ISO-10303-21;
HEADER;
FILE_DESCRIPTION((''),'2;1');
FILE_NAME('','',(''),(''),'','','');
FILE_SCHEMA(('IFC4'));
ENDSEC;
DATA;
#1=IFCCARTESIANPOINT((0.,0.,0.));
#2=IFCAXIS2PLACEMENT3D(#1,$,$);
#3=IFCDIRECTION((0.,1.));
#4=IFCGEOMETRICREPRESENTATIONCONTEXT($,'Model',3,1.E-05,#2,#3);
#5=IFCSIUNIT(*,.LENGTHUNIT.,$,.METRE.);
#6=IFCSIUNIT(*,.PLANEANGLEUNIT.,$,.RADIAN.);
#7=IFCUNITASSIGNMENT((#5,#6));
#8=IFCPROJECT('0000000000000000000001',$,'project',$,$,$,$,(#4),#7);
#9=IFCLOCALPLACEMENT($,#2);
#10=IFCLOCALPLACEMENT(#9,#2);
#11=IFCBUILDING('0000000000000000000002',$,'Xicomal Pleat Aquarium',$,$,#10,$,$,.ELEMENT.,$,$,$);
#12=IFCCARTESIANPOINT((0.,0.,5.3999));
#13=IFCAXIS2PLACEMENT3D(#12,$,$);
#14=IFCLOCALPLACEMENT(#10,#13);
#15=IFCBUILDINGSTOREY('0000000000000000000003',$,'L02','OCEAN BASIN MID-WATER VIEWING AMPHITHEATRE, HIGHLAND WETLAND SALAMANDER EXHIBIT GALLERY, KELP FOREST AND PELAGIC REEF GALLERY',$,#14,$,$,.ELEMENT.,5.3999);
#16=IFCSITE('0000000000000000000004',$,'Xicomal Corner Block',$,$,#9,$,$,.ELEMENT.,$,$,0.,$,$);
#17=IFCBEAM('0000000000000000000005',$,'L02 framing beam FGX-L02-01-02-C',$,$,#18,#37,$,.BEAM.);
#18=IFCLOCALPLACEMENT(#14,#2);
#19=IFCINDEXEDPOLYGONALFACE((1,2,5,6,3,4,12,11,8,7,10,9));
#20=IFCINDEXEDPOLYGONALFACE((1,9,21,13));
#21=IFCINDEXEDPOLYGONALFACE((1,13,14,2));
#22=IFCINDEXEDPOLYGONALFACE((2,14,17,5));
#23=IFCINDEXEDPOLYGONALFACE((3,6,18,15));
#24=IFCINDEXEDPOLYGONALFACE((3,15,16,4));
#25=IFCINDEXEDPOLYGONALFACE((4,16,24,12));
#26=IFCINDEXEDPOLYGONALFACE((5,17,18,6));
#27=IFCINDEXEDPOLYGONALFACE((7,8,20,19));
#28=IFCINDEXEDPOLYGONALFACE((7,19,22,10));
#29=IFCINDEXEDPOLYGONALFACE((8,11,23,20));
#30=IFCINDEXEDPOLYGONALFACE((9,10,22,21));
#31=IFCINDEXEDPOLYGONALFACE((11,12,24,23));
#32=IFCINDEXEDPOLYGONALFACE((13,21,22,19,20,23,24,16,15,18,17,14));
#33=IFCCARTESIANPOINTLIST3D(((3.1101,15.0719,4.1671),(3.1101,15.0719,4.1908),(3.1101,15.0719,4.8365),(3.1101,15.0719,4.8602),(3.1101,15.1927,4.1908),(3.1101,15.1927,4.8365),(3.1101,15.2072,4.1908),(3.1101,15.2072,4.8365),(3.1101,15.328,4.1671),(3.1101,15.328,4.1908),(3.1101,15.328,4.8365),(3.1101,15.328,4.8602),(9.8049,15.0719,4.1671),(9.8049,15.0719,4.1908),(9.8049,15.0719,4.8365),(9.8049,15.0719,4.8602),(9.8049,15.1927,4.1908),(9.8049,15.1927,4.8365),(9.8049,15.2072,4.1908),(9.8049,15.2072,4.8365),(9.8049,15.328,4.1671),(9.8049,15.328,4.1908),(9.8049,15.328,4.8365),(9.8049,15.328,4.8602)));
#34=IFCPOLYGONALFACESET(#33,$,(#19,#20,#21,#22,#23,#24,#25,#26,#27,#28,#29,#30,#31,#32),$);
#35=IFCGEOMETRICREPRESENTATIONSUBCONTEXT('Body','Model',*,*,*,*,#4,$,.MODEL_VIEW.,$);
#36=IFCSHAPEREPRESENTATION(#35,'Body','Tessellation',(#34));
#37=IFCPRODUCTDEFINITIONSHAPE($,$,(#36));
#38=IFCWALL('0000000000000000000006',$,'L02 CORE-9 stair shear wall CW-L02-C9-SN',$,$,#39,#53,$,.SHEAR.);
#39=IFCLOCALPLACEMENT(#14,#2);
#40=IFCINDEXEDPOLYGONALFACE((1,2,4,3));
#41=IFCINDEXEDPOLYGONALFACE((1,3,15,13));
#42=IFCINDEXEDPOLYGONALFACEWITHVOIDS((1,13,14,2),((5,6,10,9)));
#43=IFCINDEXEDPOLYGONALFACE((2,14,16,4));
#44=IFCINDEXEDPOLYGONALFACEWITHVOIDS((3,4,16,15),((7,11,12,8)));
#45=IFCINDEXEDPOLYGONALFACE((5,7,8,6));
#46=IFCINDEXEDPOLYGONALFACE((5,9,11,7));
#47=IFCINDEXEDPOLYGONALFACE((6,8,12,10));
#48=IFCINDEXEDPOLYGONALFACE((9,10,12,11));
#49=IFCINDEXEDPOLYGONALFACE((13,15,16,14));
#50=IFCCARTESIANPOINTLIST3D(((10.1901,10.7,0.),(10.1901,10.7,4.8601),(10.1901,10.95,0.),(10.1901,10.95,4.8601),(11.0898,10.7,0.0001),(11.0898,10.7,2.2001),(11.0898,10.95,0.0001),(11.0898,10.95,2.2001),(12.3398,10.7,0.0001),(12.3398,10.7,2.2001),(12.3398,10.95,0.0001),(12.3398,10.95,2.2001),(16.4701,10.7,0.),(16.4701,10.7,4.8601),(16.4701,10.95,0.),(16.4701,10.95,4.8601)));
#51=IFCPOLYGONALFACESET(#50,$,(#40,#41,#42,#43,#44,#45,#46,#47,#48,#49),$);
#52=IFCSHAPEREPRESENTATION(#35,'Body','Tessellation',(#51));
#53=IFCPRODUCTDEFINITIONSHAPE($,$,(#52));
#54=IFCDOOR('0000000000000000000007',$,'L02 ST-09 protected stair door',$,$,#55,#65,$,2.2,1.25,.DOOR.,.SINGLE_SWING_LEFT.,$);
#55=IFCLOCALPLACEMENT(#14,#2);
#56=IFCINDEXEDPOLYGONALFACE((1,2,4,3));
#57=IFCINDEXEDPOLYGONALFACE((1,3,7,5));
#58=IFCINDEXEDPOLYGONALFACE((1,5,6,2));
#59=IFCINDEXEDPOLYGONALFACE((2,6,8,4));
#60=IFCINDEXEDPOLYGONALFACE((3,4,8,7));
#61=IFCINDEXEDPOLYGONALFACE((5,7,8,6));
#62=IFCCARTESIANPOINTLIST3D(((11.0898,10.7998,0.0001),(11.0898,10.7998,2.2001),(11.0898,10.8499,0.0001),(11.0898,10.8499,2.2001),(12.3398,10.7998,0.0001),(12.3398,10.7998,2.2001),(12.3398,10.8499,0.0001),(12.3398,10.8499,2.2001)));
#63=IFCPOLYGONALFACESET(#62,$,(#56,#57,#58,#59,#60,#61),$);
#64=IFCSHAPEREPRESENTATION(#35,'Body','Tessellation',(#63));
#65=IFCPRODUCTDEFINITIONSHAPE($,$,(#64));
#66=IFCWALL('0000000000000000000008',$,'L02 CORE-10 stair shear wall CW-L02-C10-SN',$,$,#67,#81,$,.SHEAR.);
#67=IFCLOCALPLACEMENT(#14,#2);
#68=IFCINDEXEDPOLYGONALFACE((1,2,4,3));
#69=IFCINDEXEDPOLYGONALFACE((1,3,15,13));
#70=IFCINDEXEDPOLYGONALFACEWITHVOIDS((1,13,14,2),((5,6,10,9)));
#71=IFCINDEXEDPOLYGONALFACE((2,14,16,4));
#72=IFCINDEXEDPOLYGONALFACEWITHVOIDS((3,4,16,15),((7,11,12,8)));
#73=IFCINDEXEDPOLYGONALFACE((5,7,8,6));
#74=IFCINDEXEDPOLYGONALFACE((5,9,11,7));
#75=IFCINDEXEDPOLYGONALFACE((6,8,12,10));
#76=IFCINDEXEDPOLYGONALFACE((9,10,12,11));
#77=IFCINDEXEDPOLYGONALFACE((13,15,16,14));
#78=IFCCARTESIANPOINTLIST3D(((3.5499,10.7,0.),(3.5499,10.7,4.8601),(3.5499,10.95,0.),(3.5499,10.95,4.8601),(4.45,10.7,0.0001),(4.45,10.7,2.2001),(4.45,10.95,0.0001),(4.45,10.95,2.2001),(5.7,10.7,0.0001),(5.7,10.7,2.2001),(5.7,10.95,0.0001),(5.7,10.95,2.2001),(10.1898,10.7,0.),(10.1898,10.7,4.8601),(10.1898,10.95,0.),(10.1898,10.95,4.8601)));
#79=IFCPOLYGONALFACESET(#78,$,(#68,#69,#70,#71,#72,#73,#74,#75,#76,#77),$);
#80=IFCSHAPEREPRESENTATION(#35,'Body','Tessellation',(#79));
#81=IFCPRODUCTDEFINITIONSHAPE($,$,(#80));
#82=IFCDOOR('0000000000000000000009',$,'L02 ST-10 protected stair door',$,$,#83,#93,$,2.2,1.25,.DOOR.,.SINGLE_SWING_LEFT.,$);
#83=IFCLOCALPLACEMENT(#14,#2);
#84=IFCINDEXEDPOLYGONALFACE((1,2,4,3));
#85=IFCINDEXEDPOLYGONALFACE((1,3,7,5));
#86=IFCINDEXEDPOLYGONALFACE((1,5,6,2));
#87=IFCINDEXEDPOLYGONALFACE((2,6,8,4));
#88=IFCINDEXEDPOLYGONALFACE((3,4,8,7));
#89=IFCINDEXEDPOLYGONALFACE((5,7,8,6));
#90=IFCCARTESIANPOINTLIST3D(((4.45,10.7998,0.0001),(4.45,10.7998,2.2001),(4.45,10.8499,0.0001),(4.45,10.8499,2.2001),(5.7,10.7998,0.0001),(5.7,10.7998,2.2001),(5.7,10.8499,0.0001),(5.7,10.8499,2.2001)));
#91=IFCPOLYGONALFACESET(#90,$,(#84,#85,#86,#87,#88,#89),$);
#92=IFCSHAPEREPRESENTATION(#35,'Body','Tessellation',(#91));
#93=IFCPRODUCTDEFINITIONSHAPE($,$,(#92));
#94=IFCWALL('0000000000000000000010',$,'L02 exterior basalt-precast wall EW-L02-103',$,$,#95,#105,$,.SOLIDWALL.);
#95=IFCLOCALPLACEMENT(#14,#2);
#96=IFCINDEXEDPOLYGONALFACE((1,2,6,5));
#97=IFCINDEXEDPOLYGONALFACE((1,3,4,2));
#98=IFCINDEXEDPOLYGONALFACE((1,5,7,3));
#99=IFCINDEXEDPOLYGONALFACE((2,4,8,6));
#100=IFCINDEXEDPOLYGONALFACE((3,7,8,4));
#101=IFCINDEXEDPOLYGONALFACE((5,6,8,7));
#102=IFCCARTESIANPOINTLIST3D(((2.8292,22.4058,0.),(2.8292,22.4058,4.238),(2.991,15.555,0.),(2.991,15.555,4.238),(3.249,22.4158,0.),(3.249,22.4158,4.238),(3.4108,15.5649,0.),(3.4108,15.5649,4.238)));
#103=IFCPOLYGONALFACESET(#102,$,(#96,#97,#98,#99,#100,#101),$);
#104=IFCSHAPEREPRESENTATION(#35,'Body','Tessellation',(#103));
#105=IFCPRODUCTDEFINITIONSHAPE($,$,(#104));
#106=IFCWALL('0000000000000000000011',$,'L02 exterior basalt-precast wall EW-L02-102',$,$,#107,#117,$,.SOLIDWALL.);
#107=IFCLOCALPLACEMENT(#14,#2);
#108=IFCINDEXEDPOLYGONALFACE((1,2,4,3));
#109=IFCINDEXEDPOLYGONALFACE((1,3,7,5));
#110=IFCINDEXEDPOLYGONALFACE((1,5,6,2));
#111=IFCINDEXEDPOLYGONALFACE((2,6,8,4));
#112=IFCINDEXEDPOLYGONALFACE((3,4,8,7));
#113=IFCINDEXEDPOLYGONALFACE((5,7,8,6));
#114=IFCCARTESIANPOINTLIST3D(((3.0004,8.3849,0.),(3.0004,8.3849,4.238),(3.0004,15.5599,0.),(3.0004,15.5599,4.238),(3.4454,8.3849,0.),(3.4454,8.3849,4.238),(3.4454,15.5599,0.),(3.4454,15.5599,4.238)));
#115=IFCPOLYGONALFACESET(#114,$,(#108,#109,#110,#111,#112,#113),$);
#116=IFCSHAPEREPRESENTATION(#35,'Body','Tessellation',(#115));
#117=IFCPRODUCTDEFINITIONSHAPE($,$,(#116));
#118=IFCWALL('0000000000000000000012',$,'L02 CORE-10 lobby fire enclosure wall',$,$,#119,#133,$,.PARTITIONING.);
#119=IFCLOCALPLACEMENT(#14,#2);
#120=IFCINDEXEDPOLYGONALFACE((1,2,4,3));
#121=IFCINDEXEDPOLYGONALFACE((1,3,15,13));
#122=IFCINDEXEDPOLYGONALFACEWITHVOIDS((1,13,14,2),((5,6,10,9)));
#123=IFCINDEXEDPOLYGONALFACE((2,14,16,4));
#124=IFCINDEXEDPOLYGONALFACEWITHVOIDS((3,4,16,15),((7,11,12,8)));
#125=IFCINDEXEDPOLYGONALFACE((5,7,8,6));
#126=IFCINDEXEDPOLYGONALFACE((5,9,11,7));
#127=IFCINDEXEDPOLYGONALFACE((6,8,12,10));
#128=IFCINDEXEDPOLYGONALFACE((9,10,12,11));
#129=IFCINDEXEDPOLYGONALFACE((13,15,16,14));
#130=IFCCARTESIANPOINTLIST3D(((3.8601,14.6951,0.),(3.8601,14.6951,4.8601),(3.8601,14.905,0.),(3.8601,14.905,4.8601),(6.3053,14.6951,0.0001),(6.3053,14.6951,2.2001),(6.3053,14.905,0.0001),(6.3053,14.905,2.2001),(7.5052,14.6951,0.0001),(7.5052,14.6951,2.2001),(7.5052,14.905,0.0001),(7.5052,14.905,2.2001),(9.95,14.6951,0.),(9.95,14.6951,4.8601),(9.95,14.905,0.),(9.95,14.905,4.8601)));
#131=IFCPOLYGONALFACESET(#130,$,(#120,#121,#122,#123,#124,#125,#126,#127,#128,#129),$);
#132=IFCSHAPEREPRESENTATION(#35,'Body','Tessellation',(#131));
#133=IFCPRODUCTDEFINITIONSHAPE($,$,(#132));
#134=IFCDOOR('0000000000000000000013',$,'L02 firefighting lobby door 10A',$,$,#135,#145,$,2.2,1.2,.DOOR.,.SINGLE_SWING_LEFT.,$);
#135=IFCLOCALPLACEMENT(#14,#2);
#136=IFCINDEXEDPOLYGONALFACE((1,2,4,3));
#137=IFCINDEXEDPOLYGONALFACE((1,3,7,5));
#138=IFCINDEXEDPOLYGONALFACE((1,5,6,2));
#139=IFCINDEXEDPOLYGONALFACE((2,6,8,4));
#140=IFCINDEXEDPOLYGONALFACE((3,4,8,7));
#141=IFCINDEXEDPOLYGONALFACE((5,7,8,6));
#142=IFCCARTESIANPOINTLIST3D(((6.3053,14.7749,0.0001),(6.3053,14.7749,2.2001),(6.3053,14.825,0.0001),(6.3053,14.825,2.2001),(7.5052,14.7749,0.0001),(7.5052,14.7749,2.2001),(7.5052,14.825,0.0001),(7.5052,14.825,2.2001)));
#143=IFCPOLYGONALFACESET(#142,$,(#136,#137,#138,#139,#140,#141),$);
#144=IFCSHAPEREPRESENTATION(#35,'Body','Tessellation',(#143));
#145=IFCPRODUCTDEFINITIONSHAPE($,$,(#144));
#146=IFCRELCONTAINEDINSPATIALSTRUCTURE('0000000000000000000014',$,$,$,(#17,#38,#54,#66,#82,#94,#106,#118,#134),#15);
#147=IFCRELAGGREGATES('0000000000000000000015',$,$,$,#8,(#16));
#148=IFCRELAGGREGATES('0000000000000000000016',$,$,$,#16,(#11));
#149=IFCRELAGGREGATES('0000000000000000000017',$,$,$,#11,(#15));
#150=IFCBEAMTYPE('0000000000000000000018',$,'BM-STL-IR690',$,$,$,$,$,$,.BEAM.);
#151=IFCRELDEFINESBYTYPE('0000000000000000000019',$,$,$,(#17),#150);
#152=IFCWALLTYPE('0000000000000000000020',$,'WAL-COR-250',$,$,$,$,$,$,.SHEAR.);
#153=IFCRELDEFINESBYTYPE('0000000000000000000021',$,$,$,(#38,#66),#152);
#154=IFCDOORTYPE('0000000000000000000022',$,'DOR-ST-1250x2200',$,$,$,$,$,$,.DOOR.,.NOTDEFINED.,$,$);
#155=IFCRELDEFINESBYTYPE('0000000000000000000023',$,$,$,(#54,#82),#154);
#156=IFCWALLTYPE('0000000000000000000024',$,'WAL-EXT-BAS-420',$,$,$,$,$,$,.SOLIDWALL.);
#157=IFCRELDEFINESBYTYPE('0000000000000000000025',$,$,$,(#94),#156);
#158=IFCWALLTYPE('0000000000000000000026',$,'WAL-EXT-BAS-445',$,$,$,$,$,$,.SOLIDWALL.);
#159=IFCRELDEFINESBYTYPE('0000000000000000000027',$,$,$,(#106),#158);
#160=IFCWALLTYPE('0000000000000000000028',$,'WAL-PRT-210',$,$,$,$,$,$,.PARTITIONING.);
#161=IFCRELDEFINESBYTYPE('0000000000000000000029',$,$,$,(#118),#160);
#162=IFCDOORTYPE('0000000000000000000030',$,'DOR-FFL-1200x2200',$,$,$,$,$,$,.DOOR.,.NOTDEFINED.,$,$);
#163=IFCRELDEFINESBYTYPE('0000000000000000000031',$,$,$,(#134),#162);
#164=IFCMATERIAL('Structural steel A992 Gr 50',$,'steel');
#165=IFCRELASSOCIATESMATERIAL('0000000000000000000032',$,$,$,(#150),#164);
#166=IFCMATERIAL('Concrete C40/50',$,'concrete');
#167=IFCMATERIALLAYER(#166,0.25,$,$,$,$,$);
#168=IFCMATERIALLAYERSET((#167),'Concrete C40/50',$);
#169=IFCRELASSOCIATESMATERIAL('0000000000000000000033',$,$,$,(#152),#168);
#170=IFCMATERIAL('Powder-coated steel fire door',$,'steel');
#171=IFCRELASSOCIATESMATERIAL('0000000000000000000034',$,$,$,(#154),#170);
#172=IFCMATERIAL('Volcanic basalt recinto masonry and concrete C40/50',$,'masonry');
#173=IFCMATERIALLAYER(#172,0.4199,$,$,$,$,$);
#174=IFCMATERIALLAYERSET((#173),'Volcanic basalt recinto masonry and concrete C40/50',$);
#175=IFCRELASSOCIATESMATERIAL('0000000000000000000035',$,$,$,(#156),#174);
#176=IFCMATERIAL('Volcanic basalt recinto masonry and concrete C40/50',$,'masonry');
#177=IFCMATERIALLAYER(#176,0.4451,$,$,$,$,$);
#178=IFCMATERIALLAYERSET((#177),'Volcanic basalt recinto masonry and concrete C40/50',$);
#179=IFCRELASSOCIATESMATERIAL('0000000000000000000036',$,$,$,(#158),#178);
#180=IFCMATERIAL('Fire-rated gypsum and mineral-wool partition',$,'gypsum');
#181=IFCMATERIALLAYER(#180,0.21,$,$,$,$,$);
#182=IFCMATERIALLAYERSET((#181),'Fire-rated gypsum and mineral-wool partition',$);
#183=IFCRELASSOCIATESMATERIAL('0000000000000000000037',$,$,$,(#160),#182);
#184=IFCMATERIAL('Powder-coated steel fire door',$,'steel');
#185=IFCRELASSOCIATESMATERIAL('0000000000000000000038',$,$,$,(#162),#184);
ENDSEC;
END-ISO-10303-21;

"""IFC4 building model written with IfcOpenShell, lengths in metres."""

from ifc_helpers import new_model, si_unit, direction, frame, frame_2d, origin, origin_2d, place, context, subcontext, project, spatial, rectangle, i_section, extrude, material, layer, layer_set, material_profile, profile_set, type_object, element, fill, save


model = new_model("IFC4")

# Units and contexts
model_context = context("Model", 3, precision=1e-05, world=origin(), true_north=direction((0.0, 1.0)))
body_context = subcontext(model_context, "Body", "Model", "MODEL_VIEW")
ifc_project = project(units=[si_unit("LENGTHUNIT", "METRE"), si_unit("PLANEANGLEUNIT", "RADIAN")], contexts=[model_context])

# Site, building, storey
site_placement = place(None, origin())
site = spatial("IfcSite", under=ifc_project, at=site_placement, Name="Xicomal Corner Block", CompositionType="ELEMENT", RefElevation=0.0)
building_placement = place(site_placement, origin())
building = spatial("IfcBuilding", under=site, at=building_placement, Name="Xicomal Pleat Aquarium", CompositionType="ELEMENT")
storey_placement = place(building_placement, frame((0.0, 0.0, 5.3999)))
storey = spatial("IfcBuildingStorey", under=building, at=storey_placement, Name="L02", Description="OCEAN BASIN MID-WATER VIEWING AMPHITHEATRE, HIGHLAND WETLAND SALAMANDER EXHIBIT GALLERY, KELP FOREST AND PELAGIC REEF GALLERY", CompositionType="ELEMENT", Elevation=5.3999)

# Beam
ifc_material_1 = material(Name="Structural steel A992 Gr 50", Category="steel")
ifc_material_profile_1 = material_profile(ifc_material_1, i_section(OverallWidth=0.2561, OverallDepth=0.6931, WebThickness=0.0144, FlangeThickness=0.0237, at=origin_2d()), Name="IR 690x170")
ifc_profile_set_1 = profile_set([ifc_material_profile_1], Name="Structural steel A992 Gr 50")
beam_type_1 = type_object("IfcBeamType", Name="BM-STL-IR690", PredefinedType="BEAM", material=ifc_profile_set_1)
beam_1_placement = place(storey_placement, frame((3.1101, 15.2, 4.5137), z_axis=(1.0, 0.0, 0.0), x_axis=(0.0, 1.0, 0.0)))
element("IfcBeam", 1, at=beam_1_placement, inside=storey, type_object=beam_type_1, Name="L02 framing beam FGX-L02-01-02-C", PredefinedType="BEAM", context=body_context, shape_type="SweptSolid", body=[
    extrude(i_section(OverallWidth=0.2561, OverallDepth=0.6931, WebThickness=0.0144, FlangeThickness=0.0237, at=origin_2d()), origin(), (0.0, 0.0, 1.0), 6.6948),
])

# Walls, openings, doors
ifc_material_2 = material(Name="Concrete C40/50", Category="concrete")
ifc_layer_1 = layer(ifc_material_2, 0.25)
ifc_layer_set_1 = layer_set([ifc_layer_1], Name="Concrete C40/50")
wall_type_1 = type_object("IfcWallType", Name="WAL-COR-250", PredefinedType="SHEAR", material=ifc_layer_set_1)
wall_1_placement = place(storey_placement, frame((10.1899, 10.825, 0.0), z_axis=(0.0, 0.0, 1.0), x_axis=(1.0, 0.0, 0.0)))
wall_1 = element("IfcWall", 2, at=wall_1_placement, inside=storey, type_object=wall_type_1, Name="L02 CORE-9 stair shear wall CW-L02-C9-SN", PredefinedType="SHEAR", context=body_context, shape_type="SweptSolid", body=[
    extrude(rectangle(XDim=6.28, YDim=0.25, at=frame_2d((3.1401, 0.0))), origin(), (0.0, 0.0, 1.0), 4.8601),
])
opening_1_placement = place(wall_1_placement, frame((0.8999, 0.0, 0.0)))
opening_1 = element("IfcOpeningElement", 3, at=opening_1_placement, cuts=wall_1, PredefinedType="OPENING", context=body_context, shape_type="SweptSolid", body=[
    extrude(rectangle(XDim=1.25, YDim=2.2, at=frame_2d((0.625, 1.1001))), frame((0.0, 0.135, 0.0), z_axis=(0.0, -1.0, 0.0), x_axis=(1.0, 0.0, 0.0)), (0.0, 0.0, 1.0), 0.27),
])
ifc_material_3 = material(Name="Powder-coated steel fire door", Category="steel")
door_type_1 = type_object("IfcDoorType", Name="DOR-ST-1250x2200", OperationType="NOTDEFINED", PredefinedType="DOOR", material=ifc_material_3)
door_1_placement = place(opening_1_placement, origin())
door_1 = element("IfcDoor", 4, at=door_1_placement, inside=storey, type_object=door_type_1, Name="L02 ST-09 protected stair door", OperationType="SINGLE_SWING_LEFT", OverallHeight=2.2, OverallWidth=1.25, PredefinedType="DOOR", context=body_context, shape_type="SweptSolid", body=[
    extrude(rectangle(XDim=1.25, YDim=2.2, at=frame_2d((0.625, 1.1001))), frame((0.0, 0.0249, 0.0), z_axis=(0.0, -1.0, 0.0), x_axis=(1.0, 0.0, 0.0)), (0.0, 0.0, 1.0), 0.05),
])
fill(opening_1, door_1)
wall_2_placement = place(storey_placement, frame((3.55, 10.825, 0.0), z_axis=(0.0, 0.0, 1.0), x_axis=(1.0, 0.0, 0.0)))
wall_2 = element("IfcWall", 5, at=wall_2_placement, inside=storey, type_object=wall_type_1, Name="L02 CORE-10 stair shear wall CW-L02-C10-SN", PredefinedType="SHEAR", context=body_context, shape_type="SweptSolid", body=[
    extrude(rectangle(XDim=6.6399, YDim=0.25, at=frame_2d((3.3198, 0.0))), origin(), (0.0, 0.0, 1.0), 4.8601),
])
opening_2_placement = place(wall_2_placement, frame((0.8999, 0.0, 0.0)))
opening_2 = element("IfcOpeningElement", 6, at=opening_2_placement, cuts=wall_2, PredefinedType="OPENING", context=body_context, shape_type="SweptSolid", body=[
    extrude(rectangle(XDim=1.25, YDim=2.2, at=frame_2d((0.625, 1.1001))), frame((0.0, 0.135, 0.0), z_axis=(0.0, -1.0, 0.0), x_axis=(1.0, 0.0, 0.0)), (0.0, 0.0, 1.0), 0.27),
])
door_2_placement = place(opening_2_placement, origin())
door_2 = element("IfcDoor", 7, at=door_2_placement, inside=storey, type_object=door_type_1, Name="L02 ST-10 protected stair door", OperationType="SINGLE_SWING_LEFT", OverallHeight=2.2, OverallWidth=1.25, PredefinedType="DOOR", context=body_context, shape_type="SweptSolid", body=[
    extrude(rectangle(XDim=1.25, YDim=2.2, at=frame_2d((0.625, 1.1001))), frame((0.0, 0.0249, 0.0), z_axis=(0.0, -1.0, 0.0), x_axis=(1.0, 0.0, 0.0)), (0.0, 0.0, 1.0), 0.05),
])
fill(opening_2, door_2)

# Walls
ifc_material_4 = material(Name="Volcanic basalt recinto masonry and concrete C40/50", Category="masonry")
ifc_layer_2 = layer(ifc_material_4, 0.4199)
ifc_layer_set_2 = layer_set([ifc_layer_2], Name="Volcanic basalt recinto masonry and concrete C40/50")
wall_type_2 = type_object("IfcWallType", Name="WAL-EXT-BAS-420", PredefinedType="SOLIDWALL", material=ifc_layer_set_2)
wall_3_placement = place(storey_placement, frame((3.2009, 15.5601, 0.0), z_axis=(0.0, 0.0, 1.0), x_axis=(-0.023621, 0.999721, 0.0)))
element("IfcWall", 8, at=wall_3_placement, inside=storey, type_object=wall_type_2, Name="L02 exterior basalt-precast wall EW-L02-103", PredefinedType="SOLIDWALL", context=body_context, shape_type="SweptSolid", body=[
    extrude(rectangle(XDim=6.8528, YDim=0.4199, at=frame_2d((3.4263, 0.0))), origin(), (0.0, 0.0, 1.0), 4.238),
])
ifc_material_5 = material(Name="Volcanic basalt recinto masonry and concrete C40/50", Category="masonry")
ifc_layer_3 = layer(ifc_material_5, 0.4451)
ifc_layer_set_3 = layer_set([ifc_layer_3], Name="Volcanic basalt recinto masonry and concrete C40/50")
wall_type_3 = type_object("IfcWallType", Name="WAL-EXT-BAS-445", PredefinedType="SOLIDWALL", material=ifc_layer_set_3)
wall_4_placement = place(storey_placement, frame((3.2229, 8.385, 0.0), z_axis=(0.0, 0.0, 1.0), x_axis=(0.0, 1.0, 0.0)))
element("IfcWall", 9, at=wall_4_placement, inside=storey, type_object=wall_type_3, Name="L02 exterior basalt-precast wall EW-L02-102", PredefinedType="SOLIDWALL", context=body_context, shape_type="SweptSolid", body=[
    extrude(rectangle(XDim=7.175, YDim=0.4451, at=frame_2d((3.5874, 0.0))), origin(), (0.0, 0.0, 1.0), 4.238),
])

# Wall, opening, door
ifc_material_6 = material(Name="Fire-rated gypsum and mineral-wool partition", Category="gypsum")
ifc_layer_4 = layer(ifc_material_6, 0.21)
ifc_layer_set_4 = layer_set([ifc_layer_4], Name="Fire-rated gypsum and mineral-wool partition")
wall_type_4 = type_object("IfcWallType", Name="WAL-PRT-210", PredefinedType="PARTITIONING", material=ifc_layer_set_4)
wall_5_placement = place(storey_placement, frame((3.8601, 14.8, 0.0), z_axis=(0.0, 0.0, 1.0), x_axis=(1.0, 0.0, 0.0)))
wall_5 = element("IfcWall", 10, at=wall_5_placement, inside=storey, type_object=wall_type_4, Name="L02 CORE-10 lobby fire enclosure wall", PredefinedType="PARTITIONING", context=body_context, shape_type="SweptSolid", body=[
    extrude(rectangle(XDim=6.0898, YDim=0.21, at=frame_2d((3.0449, 0.0))), origin(), (0.0, 0.0, 1.0), 4.8601),
])
opening_3_placement = place(wall_5_placement, frame((2.4451, 0.0, 0.0)))
opening_3 = element("IfcOpeningElement", 11, at=opening_3_placement, cuts=wall_5, PredefinedType="OPENING", context=body_context, shape_type="SweptSolid", body=[
    extrude(rectangle(XDim=1.2, YDim=2.2, at=frame_2d((0.6001, 1.1001))), frame((0.0, 0.115, 0.0), z_axis=(0.0, -1.0, 0.0), x_axis=(1.0, 0.0, 0.0)), (0.0, 0.0, 1.0), 0.23),
])
ifc_material_7 = material(Name="Powder-coated steel fire door", Category="steel")
door_type_2 = type_object("IfcDoorType", Name="DOR-FFL-1200x2200", OperationType="NOTDEFINED", PredefinedType="DOOR", material=ifc_material_7)
door_3_placement = place(opening_3_placement, origin())
door_3 = element("IfcDoor", 12, at=door_3_placement, inside=storey, type_object=door_type_2, Name="L02 firefighting lobby door 10A", OperationType="SINGLE_SWING_LEFT", OverallHeight=2.2, OverallWidth=1.2, PredefinedType="DOOR", context=body_context, shape_type="SweptSolid", body=[
    extrude(rectangle(XDim=1.2, YDim=2.2, at=frame_2d((0.6001, 1.1001))), frame((0.0, 0.0249, 0.0), z_axis=(0.0, -1.0, 0.0), x_axis=(1.0, 0.0, 0.0)), (0.0, 0.0, 1.0), 0.05),
])
fill(opening_3, door_3)

save(model, "model.ifc")
